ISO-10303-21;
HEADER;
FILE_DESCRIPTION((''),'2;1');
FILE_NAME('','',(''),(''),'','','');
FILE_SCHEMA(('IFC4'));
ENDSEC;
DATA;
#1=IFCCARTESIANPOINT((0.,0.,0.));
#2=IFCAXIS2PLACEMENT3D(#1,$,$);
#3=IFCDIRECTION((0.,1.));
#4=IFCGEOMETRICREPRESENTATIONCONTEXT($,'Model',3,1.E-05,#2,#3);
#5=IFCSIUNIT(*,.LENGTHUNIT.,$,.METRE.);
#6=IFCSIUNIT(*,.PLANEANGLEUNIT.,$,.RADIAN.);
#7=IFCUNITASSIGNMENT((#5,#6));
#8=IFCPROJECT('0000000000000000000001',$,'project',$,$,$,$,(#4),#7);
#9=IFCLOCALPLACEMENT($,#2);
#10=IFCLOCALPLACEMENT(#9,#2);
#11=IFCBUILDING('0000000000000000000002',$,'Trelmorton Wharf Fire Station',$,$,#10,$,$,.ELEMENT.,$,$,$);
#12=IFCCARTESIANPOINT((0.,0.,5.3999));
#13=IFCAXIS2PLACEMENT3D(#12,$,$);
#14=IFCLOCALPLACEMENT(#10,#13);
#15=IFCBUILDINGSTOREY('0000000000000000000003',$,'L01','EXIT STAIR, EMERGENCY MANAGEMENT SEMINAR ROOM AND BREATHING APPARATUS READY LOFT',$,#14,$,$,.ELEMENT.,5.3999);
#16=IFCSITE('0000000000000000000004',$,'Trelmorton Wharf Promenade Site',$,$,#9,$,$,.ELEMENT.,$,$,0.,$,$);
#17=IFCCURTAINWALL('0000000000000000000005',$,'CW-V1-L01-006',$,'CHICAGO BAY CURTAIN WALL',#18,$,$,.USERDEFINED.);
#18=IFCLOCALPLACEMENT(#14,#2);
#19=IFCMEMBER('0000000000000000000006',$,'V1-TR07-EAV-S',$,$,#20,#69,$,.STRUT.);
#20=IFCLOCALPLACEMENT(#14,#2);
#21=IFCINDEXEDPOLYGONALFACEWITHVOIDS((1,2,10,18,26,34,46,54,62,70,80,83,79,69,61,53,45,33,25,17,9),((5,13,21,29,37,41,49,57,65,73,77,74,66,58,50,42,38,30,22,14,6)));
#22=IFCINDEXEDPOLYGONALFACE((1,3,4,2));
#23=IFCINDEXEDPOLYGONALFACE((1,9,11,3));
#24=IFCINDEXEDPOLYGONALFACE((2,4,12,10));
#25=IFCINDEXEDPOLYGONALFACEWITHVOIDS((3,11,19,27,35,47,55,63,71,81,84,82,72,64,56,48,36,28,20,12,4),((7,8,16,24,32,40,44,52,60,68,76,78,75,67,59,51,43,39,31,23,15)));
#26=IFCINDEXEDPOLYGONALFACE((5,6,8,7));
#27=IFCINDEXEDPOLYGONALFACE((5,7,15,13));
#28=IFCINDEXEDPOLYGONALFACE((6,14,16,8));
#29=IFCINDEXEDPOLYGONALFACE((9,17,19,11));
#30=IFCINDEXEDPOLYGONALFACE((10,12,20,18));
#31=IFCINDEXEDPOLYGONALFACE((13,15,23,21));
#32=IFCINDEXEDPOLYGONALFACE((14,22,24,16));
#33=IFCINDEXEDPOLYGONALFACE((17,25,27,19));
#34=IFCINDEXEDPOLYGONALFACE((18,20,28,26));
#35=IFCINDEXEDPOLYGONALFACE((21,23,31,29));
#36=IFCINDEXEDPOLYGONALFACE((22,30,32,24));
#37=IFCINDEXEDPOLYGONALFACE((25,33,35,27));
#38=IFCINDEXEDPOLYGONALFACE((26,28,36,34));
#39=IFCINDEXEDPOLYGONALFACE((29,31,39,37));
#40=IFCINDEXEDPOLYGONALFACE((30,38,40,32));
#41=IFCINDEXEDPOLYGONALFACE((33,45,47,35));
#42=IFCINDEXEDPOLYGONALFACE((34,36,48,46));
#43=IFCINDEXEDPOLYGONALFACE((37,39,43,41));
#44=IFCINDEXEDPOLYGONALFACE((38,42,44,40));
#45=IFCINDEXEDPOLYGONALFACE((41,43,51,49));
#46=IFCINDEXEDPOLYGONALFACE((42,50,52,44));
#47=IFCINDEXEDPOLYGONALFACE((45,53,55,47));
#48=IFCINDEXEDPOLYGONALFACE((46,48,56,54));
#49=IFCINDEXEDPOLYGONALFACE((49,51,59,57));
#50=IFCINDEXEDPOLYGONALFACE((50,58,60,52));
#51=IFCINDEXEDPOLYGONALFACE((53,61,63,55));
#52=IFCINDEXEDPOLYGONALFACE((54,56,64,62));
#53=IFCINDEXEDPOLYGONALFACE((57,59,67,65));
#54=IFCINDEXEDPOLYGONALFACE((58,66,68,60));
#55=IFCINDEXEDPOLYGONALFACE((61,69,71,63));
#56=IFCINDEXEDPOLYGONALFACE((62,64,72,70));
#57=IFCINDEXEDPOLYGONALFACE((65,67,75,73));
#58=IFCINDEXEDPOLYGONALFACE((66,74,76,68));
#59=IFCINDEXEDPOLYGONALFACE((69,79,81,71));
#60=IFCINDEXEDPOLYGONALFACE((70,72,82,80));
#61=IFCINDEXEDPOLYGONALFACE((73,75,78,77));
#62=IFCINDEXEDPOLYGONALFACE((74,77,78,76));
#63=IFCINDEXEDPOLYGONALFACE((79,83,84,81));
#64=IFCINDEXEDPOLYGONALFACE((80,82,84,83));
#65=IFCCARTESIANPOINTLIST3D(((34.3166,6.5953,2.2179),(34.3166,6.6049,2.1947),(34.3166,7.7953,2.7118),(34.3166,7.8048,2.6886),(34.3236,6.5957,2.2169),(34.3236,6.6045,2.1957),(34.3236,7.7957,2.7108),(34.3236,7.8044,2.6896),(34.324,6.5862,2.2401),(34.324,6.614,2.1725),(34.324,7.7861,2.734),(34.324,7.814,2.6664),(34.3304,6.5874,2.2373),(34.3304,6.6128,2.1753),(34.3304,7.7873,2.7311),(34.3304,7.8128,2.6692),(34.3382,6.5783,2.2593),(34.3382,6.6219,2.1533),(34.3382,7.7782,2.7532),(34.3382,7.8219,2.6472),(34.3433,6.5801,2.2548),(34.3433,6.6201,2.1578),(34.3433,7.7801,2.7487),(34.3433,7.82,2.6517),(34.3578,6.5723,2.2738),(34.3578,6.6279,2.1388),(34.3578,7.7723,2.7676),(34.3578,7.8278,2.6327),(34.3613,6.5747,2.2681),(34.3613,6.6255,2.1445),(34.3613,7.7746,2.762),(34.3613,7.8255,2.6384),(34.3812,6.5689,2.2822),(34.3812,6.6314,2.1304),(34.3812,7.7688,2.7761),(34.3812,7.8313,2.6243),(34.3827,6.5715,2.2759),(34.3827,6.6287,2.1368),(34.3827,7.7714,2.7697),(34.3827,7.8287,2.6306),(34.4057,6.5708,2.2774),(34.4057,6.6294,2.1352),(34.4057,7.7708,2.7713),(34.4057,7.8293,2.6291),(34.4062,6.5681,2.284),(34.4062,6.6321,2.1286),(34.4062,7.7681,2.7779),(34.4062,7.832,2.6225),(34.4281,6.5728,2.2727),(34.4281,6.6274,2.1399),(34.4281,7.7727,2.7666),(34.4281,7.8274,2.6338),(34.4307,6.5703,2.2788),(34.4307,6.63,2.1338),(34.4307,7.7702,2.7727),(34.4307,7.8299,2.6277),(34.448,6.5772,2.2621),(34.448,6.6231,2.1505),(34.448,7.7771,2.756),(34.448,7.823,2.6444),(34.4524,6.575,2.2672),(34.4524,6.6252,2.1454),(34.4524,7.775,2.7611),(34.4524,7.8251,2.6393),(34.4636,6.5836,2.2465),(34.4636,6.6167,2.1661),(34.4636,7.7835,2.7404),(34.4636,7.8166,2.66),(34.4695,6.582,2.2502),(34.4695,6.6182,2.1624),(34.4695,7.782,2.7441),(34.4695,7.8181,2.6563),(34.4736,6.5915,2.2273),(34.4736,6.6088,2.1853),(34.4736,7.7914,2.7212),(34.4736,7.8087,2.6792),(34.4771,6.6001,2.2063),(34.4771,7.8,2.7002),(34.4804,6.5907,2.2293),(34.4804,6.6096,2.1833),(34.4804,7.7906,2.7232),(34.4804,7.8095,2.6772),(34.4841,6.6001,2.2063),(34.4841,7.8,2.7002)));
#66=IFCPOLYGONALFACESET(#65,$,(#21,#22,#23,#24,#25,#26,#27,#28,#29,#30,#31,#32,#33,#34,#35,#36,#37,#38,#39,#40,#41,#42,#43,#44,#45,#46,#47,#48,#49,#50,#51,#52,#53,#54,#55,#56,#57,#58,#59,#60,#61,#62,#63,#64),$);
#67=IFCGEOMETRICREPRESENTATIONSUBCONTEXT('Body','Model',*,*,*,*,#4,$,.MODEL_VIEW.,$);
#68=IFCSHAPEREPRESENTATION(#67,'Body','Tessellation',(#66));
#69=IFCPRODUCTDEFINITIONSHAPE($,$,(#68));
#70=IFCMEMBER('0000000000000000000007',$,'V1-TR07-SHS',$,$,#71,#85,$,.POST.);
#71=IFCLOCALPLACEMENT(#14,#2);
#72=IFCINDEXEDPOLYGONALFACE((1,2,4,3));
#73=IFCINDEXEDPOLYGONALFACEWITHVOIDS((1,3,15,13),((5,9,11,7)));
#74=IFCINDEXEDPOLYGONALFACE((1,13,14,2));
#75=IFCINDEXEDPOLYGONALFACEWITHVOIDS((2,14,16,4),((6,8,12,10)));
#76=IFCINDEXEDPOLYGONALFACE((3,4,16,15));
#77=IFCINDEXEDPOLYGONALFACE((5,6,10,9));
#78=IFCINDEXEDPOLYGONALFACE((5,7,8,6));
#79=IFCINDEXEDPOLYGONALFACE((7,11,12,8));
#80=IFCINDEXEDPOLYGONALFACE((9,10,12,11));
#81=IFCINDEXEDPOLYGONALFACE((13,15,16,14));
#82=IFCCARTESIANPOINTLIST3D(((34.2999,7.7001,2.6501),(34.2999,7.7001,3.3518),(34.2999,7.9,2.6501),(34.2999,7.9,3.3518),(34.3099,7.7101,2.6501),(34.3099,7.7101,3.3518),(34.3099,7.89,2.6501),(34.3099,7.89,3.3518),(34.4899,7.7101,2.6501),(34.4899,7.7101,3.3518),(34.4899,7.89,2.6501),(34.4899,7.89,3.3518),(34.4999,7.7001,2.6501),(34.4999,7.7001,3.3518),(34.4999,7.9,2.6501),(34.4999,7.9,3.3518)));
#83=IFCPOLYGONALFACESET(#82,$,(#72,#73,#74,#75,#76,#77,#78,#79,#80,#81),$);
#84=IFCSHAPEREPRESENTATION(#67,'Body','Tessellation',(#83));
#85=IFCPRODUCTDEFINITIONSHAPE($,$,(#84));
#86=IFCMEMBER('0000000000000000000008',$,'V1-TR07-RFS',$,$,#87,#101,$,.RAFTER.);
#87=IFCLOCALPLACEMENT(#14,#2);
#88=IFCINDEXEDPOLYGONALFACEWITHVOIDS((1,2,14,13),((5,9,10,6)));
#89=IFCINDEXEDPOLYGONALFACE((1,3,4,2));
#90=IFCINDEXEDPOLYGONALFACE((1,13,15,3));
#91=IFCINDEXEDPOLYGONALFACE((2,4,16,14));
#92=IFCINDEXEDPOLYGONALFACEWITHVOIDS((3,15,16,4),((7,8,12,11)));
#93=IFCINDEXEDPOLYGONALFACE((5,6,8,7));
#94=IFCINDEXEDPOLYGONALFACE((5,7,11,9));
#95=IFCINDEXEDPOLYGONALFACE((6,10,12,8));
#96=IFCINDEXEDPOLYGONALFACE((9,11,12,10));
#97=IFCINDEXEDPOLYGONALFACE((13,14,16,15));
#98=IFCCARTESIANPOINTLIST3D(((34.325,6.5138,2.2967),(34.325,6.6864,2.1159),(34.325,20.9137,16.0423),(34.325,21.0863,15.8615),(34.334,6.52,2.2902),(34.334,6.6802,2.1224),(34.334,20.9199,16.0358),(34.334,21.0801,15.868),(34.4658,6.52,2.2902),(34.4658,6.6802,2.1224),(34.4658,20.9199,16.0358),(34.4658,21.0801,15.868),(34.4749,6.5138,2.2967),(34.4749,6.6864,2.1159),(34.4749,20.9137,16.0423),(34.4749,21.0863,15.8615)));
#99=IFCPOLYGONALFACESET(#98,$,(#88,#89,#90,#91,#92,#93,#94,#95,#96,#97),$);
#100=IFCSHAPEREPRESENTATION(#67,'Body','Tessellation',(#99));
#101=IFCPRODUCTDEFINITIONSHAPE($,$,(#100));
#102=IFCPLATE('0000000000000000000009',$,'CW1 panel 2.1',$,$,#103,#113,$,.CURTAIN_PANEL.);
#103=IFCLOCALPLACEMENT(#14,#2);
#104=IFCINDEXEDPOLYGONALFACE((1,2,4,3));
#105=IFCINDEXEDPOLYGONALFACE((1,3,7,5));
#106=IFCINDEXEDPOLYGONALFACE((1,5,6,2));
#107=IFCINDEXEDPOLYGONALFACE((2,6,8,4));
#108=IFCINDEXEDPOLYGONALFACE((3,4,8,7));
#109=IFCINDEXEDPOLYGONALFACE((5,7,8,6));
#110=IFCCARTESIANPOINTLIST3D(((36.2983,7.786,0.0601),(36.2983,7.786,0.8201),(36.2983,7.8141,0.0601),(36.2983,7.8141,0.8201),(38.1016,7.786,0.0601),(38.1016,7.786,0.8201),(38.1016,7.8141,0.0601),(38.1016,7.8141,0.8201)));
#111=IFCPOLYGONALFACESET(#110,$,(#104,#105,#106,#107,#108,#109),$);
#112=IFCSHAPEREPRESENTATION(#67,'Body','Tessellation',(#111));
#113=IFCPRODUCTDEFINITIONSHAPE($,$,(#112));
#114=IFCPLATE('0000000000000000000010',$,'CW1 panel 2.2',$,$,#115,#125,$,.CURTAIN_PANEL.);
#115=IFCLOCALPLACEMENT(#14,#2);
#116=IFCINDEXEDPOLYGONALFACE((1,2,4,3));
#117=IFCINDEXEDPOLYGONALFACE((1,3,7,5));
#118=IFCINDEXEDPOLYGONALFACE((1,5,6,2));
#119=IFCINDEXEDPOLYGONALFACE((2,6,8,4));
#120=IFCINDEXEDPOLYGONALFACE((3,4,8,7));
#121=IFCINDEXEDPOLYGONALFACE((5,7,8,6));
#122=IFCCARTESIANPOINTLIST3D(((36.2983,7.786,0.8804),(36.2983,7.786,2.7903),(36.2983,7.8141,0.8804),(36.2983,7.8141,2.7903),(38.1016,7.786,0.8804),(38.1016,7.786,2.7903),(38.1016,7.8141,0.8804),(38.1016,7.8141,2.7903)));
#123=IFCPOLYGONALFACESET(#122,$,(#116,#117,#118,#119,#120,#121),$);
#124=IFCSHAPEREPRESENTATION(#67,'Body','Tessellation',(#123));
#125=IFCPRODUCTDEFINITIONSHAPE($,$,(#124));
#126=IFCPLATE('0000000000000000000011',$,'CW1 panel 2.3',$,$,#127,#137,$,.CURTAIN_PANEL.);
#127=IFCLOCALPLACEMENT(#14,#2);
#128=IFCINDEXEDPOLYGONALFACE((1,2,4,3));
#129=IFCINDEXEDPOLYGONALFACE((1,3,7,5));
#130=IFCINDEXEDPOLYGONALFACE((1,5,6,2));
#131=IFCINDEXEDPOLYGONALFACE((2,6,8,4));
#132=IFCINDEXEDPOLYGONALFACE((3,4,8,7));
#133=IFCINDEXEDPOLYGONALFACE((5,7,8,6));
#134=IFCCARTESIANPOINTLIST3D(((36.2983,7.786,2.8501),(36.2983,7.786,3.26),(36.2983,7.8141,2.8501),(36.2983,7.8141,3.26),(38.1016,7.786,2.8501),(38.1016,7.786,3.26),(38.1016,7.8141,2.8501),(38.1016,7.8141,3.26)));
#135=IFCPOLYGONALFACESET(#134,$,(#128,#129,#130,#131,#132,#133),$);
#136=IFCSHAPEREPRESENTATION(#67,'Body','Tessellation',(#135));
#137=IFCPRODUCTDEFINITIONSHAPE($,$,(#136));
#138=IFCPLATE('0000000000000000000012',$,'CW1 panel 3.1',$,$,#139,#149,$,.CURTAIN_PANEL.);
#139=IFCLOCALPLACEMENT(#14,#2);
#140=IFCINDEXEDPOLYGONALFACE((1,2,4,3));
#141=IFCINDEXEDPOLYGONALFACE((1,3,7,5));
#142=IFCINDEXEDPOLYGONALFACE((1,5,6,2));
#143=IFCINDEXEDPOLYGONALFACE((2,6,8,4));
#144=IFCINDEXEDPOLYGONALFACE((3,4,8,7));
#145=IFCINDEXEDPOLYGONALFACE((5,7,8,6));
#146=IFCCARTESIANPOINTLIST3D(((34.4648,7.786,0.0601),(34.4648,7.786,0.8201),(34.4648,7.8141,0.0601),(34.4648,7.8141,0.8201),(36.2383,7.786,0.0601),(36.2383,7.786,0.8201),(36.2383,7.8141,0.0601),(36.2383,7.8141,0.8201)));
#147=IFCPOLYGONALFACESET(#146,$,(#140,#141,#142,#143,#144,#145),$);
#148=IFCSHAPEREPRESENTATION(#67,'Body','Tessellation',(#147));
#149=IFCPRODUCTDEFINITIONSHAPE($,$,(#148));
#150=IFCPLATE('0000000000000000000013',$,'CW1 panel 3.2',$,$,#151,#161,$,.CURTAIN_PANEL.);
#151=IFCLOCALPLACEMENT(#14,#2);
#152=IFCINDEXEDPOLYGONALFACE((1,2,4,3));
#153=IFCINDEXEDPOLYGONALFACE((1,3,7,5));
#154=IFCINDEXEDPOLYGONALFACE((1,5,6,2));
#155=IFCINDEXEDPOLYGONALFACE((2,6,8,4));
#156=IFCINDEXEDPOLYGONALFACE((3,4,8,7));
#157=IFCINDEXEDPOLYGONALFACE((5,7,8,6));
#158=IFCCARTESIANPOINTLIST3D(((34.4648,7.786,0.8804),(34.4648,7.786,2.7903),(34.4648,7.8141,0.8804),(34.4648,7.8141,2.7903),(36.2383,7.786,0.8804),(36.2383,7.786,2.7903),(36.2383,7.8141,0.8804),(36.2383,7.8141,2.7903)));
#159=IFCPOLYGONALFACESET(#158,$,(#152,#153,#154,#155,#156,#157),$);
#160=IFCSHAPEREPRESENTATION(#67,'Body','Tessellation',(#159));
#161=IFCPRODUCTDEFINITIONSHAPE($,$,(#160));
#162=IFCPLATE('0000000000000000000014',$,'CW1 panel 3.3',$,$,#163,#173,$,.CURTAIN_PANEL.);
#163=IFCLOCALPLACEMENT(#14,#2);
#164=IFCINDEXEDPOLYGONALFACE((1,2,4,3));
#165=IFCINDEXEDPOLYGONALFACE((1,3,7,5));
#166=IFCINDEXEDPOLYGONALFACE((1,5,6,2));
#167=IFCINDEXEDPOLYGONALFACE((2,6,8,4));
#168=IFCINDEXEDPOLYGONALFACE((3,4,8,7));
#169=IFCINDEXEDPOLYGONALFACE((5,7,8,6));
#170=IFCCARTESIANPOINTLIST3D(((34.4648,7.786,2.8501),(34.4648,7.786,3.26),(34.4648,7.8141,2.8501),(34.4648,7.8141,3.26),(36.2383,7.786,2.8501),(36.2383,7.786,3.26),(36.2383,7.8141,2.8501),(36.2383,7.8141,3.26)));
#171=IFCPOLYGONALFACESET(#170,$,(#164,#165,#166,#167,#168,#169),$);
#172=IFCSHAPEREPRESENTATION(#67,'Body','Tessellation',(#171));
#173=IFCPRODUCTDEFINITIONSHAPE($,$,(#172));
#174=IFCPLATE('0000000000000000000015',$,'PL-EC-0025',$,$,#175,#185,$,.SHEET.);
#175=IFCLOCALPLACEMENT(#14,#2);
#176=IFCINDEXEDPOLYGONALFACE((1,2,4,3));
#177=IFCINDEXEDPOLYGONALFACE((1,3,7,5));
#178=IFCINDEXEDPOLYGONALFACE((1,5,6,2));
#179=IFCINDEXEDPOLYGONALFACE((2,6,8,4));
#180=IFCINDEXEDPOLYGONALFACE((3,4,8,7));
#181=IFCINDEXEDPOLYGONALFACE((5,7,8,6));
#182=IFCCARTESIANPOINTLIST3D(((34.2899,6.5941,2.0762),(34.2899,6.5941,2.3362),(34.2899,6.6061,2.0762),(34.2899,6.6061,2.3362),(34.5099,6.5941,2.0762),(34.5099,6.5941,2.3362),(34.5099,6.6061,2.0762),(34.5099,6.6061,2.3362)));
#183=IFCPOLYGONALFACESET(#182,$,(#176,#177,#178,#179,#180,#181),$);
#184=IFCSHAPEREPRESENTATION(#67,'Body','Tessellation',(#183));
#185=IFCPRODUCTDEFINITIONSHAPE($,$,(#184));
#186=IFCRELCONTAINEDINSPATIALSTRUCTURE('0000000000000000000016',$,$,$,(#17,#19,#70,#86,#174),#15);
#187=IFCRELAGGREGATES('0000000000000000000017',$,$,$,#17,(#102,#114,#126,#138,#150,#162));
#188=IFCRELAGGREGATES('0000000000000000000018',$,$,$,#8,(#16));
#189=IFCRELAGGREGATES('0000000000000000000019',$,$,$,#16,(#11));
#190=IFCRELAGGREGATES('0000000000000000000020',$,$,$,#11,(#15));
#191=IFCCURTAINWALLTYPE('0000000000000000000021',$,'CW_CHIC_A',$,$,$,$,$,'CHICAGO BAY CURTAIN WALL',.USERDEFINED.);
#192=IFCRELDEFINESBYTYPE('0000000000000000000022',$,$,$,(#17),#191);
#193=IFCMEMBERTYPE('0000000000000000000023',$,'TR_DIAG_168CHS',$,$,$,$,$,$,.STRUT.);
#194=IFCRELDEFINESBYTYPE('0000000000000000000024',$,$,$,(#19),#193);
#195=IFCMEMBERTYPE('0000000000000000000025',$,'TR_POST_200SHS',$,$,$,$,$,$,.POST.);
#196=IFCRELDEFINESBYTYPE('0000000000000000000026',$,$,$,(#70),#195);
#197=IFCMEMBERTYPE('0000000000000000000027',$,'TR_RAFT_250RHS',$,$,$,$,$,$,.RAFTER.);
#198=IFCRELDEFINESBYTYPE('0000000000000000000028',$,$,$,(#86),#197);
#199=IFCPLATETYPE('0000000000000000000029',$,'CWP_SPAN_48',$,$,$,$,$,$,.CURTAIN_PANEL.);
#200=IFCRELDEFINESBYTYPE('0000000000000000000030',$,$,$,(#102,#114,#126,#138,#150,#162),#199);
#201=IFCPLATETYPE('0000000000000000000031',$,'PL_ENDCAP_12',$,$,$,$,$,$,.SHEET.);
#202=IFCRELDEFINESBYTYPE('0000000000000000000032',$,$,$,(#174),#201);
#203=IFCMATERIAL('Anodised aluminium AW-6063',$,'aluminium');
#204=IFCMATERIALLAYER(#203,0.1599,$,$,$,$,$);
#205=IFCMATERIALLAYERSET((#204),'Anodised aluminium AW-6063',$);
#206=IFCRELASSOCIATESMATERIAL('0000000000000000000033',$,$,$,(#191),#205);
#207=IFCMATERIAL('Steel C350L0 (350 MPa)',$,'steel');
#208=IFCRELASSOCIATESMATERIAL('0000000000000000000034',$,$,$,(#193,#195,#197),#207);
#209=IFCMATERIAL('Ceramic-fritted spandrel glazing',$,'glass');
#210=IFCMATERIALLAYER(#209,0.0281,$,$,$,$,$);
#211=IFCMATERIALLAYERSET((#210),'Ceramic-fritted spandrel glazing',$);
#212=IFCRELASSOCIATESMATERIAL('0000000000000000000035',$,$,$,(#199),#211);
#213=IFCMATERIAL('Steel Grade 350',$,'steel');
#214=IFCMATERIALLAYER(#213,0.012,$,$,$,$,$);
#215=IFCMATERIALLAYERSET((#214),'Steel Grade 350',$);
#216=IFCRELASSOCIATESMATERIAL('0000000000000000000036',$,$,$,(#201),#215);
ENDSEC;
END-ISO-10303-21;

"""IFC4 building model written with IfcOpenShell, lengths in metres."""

from ifc_helpers import new_model, si_unit, direction, frame, origin, origin_2d, place, context, subcontext, project, spatial, rectangle, hollow_rectangle, hollow_circle, extrude, material, layer, layer_set, material_profile, profile_set, type_object, element, aggregate, save


model = new_model("IFC4")

# Units and contexts
model_context = context("Model", 3, precision=1e-05, world=origin(), true_north=direction((0.0, 1.0)))
body_context = subcontext(model_context, "Body", "Model", "MODEL_VIEW")
ifc_project = project(units=[si_unit("LENGTHUNIT", "METRE"), si_unit("PLANEANGLEUNIT", "RADIAN")], contexts=[model_context])

# Site, building, storey
site_placement = place(None, origin())
site = spatial("IfcSite", under=ifc_project, at=site_placement, Name="Trelmorton Wharf Promenade Site", CompositionType="ELEMENT", RefElevation=0.0)
building_placement = place(site_placement, origin())
building = spatial("IfcBuilding", under=site, at=building_placement, Name="Trelmorton Wharf Fire Station", CompositionType="ELEMENT")
storey_placement = place(building_placement, frame((0.0, 0.0, 5.3999)))
storey = spatial("IfcBuildingStorey", under=building, at=storey_placement, Name="L01", Description="EXIT STAIR, EMERGENCY MANAGEMENT SEMINAR ROOM AND BREATHING APPARATUS READY LOFT", CompositionType="ELEMENT", Elevation=5.3999)

# Shared definitions
ifc_material_1 = material(Name="Steel Grade 350", Category="steel")

# Curtain wall
ifc_material_2 = material(Name="Anodised aluminium AW-6063", Category="aluminium")
ifc_layer_1 = layer(ifc_material_2, 0.1599)
ifc_layer_set_1 = layer_set([ifc_layer_1], Name="Anodised aluminium AW-6063")
curtain_wall_type = type_object("IfcCurtainWallType", Name="CW_CHIC_A", ElementType="CHICAGO BAY CURTAIN WALL", PredefinedType="USERDEFINED", material=ifc_layer_set_1)
curtain_wall_placement = place(storey_placement, origin())
curtain_wall = element("IfcCurtainWall", 1, at=curtain_wall_placement, inside=storey, type_object=curtain_wall_type, Name="CW-V1-L01-006", ObjectType="CHICAGO BAY CURTAIN WALL", PredefinedType="USERDEFINED")

# Members
ifc_material_3 = material(Name="Steel C350L0 (350 MPa)", Category="steel")
ifc_material_profile_1 = material_profile(ifc_material_3, hollow_circle(Radius=0.0842, WallThickness=0.0071, at=origin_2d()), Name="168.3x7.1CHS")
ifc_profile_set_1 = profile_set([ifc_material_profile_1], Name="Steel C350L0 (350 MPa)")
member_type_1 = type_object("IfcMemberType", Name="TR_DIAG_168CHS", PredefinedType="STRUT", material=ifc_profile_set_1)
member_1_placement = place(storey_placement, frame((34.3999, 7.8, 2.7002), z_axis=(0.0, -0.924733, -0.380617), x_axis=(1.0, 0.0, 0.0)))
element("IfcMember", 2, at=member_1_placement, inside=storey, type_object=member_type_1, Name="V1-TR07-EAV-S", PredefinedType="STRUT", context=body_context, shape_type="SweptSolid", body=[
    extrude(hollow_circle(Radius=0.0842, WallThickness=0.0071, at=origin_2d()), origin(), (0.0, 0.0, 1.0), 1.2976),
])
ifc_material_profile_2 = material_profile(ifc_material_3, hollow_rectangle(XDim=0.2, YDim=0.2, WallThickness=0.01, at=origin_2d()), Name="200x200x10.0SHS")
ifc_profile_set_2 = profile_set([ifc_material_profile_2], Name="Steel C350L0 (350 MPa)")
member_type_2 = type_object("IfcMemberType", Name="TR_POST_200SHS", PredefinedType="POST", material=ifc_profile_set_2)
member_2_placement = place(storey_placement, frame((34.3999, 7.8, 2.6501), z_axis=(0.0, 0.0, 1.0), x_axis=(1.0, 0.0, 0.0)))
element("IfcMember", 3, at=member_2_placement, inside=storey, type_object=member_type_2, Name="V1-TR07-SHS", PredefinedType="POST", context=body_context, shape_type="SweptSolid", body=[
    extrude(hollow_rectangle(XDim=0.2, YDim=0.2, WallThickness=0.01, at=origin_2d()), origin(), (0.0, 0.0, 1.0), 0.7017),
])
ifc_material_profile_3 = material_profile(ifc_material_3, hollow_rectangle(XDim=0.1499, YDim=0.25, WallThickness=0.009, at=origin_2d()), Name="250x150x9.0RHS")
ifc_profile_set_3 = profile_set([ifc_material_profile_3], Name="Steel C350L0 (350 MPa)")
member_type_3 = type_object("IfcMemberType", Name="TR_RAFT_250RHS", PredefinedType="RAFTER", material=ifc_profile_set_3)
member_3_placement = place(storey_placement, frame((34.3999, 6.6001, 2.2063), z_axis=(0.0, 0.723349, 0.690482), x_axis=(-1.0, 0.0, 0.0)))
element("IfcMember", 4, at=member_3_placement, inside=storey, type_object=member_type_3, Name="V1-TR07-RFS", PredefinedType="RAFTER", context=body_context, shape_type="SweptSolid", body=[
    extrude(hollow_rectangle(XDim=0.1499, YDim=0.25, WallThickness=0.009, at=origin_2d()), origin(), (0.0, 0.0, 1.0), 19.9072),
])

# Plates
ifc_material_4 = material(Name="Ceramic-fritted spandrel glazing", Category="glass")
ifc_layer_2 = layer(ifc_material_4, 0.0281)
ifc_layer_set_2 = layer_set([ifc_layer_2], Name="Ceramic-fritted spandrel glazing")
plate_type_1 = type_object("IfcPlateType", Name="CWP_SPAN_48", PredefinedType="CURTAIN_PANEL", material=ifc_layer_set_2)
plate_1_placement = place(storey_placement, frame((37.2, 7.8, 0.0601), z_axis=(0.0, 0.0, 1.0), x_axis=(-1.0, 0.0, 0.0)))
plate_1 = element("IfcPlate", 5, at=plate_1_placement, type_object=plate_type_1, Name="CW1 panel 2.1", PredefinedType="CURTAIN_PANEL", context=body_context, shape_type="SweptSolid", body=[
    extrude(rectangle(XDim=1.8032, YDim=0.0281, at=origin_2d()), origin(), (0.0, 0.0, 1.0), 0.76),
])
plate_2_placement = place(storey_placement, frame((37.2, 7.8, 0.8804), z_axis=(0.0, 0.0, 1.0), x_axis=(-1.0, 0.0, 0.0)))
plate_2 = element("IfcPlate", 6, at=plate_2_placement, type_object=plate_type_1, Name="CW1 panel 2.2", PredefinedType="CURTAIN_PANEL", context=body_context, shape_type="SweptSolid", body=[
    extrude(rectangle(XDim=1.8032, YDim=0.0281, at=origin_2d()), origin(), (0.0, 0.0, 1.0), 1.9099),
])
plate_3_placement = place(storey_placement, frame((37.2, 7.8, 2.8501), z_axis=(0.0, 0.0, 1.0), x_axis=(-1.0, 0.0, 0.0)))
plate_3 = element("IfcPlate", 7, at=plate_3_placement, type_object=plate_type_1, Name="CW1 panel 2.3", PredefinedType="CURTAIN_PANEL", context=body_context, shape_type="SweptSolid", body=[
    extrude(rectangle(XDim=1.8032, YDim=0.0281, at=origin_2d()), origin(), (0.0, 0.0, 1.0), 0.4099),
])
plate_4_placement = place(storey_placement, frame((35.3516, 7.8, 0.0601), z_axis=(0.0, 0.0, 1.0), x_axis=(-1.0, 0.0, 0.0)))
plate_4 = element("IfcPlate", 8, at=plate_4_placement, type_object=plate_type_1, Name="CW1 panel 3.1", PredefinedType="CURTAIN_PANEL", context=body_context, shape_type="SweptSolid", body=[
    extrude(rectangle(XDim=1.7734, YDim=0.0281, at=origin_2d()), origin(), (0.0, 0.0, 1.0), 0.76),
])
plate_5_placement = place(storey_placement, frame((35.3516, 7.8, 0.8804), z_axis=(0.0, 0.0, 1.0), x_axis=(-1.0, 0.0, 0.0)))
plate_5 = element("IfcPlate", 9, at=plate_5_placement, type_object=plate_type_1, Name="CW1 panel 3.2", PredefinedType="CURTAIN_PANEL", context=body_context, shape_type="SweptSolid", body=[
    extrude(rectangle(XDim=1.7734, YDim=0.0281, at=origin_2d()), origin(), (0.0, 0.0, 1.0), 1.9099),
])
plate_6_placement = place(storey_placement, frame((35.3516, 7.8, 2.8501), z_axis=(0.0, 0.0, 1.0), x_axis=(-1.0, 0.0, 0.0)))
plate_6 = element("IfcPlate", 10, at=plate_6_placement, type_object=plate_type_1, Name="CW1 panel 3.3", PredefinedType="CURTAIN_PANEL", context=body_context, shape_type="SweptSolid", body=[
    extrude(rectangle(XDim=1.7734, YDim=0.0281, at=origin_2d()), origin(), (0.0, 0.0, 1.0), 0.4099),
])
aggregate(curtain_wall, [plate_1, plate_2, plate_3, plate_4, plate_5, plate_6])

# Plate
ifc_layer_3 = layer(ifc_material_1, 0.012)
ifc_layer_set_3 = layer_set([ifc_layer_3], Name="Steel Grade 350")
plate_type_2 = type_object("IfcPlateType", Name="PL_ENDCAP_12", PredefinedType="SHEET", material=ifc_layer_set_3)
plate_7_placement = place(storey_placement, frame((34.3999, 6.6001, 2.0762), z_axis=(0.0, 0.0, 1.0), x_axis=(1.0, 0.0, 0.0)))
element("IfcPlate", 11, at=plate_7_placement, inside=storey, type_object=plate_type_2, Name="PL-EC-0025", PredefinedType="SHEET", context=body_context, shape_type="SweptSolid", body=[
    extrude(rectangle(XDim=0.22, YDim=0.012, at=origin_2d()), origin(), (0.0, 0.0, 1.0), 0.26),
])

save(model, "model.ifc")
